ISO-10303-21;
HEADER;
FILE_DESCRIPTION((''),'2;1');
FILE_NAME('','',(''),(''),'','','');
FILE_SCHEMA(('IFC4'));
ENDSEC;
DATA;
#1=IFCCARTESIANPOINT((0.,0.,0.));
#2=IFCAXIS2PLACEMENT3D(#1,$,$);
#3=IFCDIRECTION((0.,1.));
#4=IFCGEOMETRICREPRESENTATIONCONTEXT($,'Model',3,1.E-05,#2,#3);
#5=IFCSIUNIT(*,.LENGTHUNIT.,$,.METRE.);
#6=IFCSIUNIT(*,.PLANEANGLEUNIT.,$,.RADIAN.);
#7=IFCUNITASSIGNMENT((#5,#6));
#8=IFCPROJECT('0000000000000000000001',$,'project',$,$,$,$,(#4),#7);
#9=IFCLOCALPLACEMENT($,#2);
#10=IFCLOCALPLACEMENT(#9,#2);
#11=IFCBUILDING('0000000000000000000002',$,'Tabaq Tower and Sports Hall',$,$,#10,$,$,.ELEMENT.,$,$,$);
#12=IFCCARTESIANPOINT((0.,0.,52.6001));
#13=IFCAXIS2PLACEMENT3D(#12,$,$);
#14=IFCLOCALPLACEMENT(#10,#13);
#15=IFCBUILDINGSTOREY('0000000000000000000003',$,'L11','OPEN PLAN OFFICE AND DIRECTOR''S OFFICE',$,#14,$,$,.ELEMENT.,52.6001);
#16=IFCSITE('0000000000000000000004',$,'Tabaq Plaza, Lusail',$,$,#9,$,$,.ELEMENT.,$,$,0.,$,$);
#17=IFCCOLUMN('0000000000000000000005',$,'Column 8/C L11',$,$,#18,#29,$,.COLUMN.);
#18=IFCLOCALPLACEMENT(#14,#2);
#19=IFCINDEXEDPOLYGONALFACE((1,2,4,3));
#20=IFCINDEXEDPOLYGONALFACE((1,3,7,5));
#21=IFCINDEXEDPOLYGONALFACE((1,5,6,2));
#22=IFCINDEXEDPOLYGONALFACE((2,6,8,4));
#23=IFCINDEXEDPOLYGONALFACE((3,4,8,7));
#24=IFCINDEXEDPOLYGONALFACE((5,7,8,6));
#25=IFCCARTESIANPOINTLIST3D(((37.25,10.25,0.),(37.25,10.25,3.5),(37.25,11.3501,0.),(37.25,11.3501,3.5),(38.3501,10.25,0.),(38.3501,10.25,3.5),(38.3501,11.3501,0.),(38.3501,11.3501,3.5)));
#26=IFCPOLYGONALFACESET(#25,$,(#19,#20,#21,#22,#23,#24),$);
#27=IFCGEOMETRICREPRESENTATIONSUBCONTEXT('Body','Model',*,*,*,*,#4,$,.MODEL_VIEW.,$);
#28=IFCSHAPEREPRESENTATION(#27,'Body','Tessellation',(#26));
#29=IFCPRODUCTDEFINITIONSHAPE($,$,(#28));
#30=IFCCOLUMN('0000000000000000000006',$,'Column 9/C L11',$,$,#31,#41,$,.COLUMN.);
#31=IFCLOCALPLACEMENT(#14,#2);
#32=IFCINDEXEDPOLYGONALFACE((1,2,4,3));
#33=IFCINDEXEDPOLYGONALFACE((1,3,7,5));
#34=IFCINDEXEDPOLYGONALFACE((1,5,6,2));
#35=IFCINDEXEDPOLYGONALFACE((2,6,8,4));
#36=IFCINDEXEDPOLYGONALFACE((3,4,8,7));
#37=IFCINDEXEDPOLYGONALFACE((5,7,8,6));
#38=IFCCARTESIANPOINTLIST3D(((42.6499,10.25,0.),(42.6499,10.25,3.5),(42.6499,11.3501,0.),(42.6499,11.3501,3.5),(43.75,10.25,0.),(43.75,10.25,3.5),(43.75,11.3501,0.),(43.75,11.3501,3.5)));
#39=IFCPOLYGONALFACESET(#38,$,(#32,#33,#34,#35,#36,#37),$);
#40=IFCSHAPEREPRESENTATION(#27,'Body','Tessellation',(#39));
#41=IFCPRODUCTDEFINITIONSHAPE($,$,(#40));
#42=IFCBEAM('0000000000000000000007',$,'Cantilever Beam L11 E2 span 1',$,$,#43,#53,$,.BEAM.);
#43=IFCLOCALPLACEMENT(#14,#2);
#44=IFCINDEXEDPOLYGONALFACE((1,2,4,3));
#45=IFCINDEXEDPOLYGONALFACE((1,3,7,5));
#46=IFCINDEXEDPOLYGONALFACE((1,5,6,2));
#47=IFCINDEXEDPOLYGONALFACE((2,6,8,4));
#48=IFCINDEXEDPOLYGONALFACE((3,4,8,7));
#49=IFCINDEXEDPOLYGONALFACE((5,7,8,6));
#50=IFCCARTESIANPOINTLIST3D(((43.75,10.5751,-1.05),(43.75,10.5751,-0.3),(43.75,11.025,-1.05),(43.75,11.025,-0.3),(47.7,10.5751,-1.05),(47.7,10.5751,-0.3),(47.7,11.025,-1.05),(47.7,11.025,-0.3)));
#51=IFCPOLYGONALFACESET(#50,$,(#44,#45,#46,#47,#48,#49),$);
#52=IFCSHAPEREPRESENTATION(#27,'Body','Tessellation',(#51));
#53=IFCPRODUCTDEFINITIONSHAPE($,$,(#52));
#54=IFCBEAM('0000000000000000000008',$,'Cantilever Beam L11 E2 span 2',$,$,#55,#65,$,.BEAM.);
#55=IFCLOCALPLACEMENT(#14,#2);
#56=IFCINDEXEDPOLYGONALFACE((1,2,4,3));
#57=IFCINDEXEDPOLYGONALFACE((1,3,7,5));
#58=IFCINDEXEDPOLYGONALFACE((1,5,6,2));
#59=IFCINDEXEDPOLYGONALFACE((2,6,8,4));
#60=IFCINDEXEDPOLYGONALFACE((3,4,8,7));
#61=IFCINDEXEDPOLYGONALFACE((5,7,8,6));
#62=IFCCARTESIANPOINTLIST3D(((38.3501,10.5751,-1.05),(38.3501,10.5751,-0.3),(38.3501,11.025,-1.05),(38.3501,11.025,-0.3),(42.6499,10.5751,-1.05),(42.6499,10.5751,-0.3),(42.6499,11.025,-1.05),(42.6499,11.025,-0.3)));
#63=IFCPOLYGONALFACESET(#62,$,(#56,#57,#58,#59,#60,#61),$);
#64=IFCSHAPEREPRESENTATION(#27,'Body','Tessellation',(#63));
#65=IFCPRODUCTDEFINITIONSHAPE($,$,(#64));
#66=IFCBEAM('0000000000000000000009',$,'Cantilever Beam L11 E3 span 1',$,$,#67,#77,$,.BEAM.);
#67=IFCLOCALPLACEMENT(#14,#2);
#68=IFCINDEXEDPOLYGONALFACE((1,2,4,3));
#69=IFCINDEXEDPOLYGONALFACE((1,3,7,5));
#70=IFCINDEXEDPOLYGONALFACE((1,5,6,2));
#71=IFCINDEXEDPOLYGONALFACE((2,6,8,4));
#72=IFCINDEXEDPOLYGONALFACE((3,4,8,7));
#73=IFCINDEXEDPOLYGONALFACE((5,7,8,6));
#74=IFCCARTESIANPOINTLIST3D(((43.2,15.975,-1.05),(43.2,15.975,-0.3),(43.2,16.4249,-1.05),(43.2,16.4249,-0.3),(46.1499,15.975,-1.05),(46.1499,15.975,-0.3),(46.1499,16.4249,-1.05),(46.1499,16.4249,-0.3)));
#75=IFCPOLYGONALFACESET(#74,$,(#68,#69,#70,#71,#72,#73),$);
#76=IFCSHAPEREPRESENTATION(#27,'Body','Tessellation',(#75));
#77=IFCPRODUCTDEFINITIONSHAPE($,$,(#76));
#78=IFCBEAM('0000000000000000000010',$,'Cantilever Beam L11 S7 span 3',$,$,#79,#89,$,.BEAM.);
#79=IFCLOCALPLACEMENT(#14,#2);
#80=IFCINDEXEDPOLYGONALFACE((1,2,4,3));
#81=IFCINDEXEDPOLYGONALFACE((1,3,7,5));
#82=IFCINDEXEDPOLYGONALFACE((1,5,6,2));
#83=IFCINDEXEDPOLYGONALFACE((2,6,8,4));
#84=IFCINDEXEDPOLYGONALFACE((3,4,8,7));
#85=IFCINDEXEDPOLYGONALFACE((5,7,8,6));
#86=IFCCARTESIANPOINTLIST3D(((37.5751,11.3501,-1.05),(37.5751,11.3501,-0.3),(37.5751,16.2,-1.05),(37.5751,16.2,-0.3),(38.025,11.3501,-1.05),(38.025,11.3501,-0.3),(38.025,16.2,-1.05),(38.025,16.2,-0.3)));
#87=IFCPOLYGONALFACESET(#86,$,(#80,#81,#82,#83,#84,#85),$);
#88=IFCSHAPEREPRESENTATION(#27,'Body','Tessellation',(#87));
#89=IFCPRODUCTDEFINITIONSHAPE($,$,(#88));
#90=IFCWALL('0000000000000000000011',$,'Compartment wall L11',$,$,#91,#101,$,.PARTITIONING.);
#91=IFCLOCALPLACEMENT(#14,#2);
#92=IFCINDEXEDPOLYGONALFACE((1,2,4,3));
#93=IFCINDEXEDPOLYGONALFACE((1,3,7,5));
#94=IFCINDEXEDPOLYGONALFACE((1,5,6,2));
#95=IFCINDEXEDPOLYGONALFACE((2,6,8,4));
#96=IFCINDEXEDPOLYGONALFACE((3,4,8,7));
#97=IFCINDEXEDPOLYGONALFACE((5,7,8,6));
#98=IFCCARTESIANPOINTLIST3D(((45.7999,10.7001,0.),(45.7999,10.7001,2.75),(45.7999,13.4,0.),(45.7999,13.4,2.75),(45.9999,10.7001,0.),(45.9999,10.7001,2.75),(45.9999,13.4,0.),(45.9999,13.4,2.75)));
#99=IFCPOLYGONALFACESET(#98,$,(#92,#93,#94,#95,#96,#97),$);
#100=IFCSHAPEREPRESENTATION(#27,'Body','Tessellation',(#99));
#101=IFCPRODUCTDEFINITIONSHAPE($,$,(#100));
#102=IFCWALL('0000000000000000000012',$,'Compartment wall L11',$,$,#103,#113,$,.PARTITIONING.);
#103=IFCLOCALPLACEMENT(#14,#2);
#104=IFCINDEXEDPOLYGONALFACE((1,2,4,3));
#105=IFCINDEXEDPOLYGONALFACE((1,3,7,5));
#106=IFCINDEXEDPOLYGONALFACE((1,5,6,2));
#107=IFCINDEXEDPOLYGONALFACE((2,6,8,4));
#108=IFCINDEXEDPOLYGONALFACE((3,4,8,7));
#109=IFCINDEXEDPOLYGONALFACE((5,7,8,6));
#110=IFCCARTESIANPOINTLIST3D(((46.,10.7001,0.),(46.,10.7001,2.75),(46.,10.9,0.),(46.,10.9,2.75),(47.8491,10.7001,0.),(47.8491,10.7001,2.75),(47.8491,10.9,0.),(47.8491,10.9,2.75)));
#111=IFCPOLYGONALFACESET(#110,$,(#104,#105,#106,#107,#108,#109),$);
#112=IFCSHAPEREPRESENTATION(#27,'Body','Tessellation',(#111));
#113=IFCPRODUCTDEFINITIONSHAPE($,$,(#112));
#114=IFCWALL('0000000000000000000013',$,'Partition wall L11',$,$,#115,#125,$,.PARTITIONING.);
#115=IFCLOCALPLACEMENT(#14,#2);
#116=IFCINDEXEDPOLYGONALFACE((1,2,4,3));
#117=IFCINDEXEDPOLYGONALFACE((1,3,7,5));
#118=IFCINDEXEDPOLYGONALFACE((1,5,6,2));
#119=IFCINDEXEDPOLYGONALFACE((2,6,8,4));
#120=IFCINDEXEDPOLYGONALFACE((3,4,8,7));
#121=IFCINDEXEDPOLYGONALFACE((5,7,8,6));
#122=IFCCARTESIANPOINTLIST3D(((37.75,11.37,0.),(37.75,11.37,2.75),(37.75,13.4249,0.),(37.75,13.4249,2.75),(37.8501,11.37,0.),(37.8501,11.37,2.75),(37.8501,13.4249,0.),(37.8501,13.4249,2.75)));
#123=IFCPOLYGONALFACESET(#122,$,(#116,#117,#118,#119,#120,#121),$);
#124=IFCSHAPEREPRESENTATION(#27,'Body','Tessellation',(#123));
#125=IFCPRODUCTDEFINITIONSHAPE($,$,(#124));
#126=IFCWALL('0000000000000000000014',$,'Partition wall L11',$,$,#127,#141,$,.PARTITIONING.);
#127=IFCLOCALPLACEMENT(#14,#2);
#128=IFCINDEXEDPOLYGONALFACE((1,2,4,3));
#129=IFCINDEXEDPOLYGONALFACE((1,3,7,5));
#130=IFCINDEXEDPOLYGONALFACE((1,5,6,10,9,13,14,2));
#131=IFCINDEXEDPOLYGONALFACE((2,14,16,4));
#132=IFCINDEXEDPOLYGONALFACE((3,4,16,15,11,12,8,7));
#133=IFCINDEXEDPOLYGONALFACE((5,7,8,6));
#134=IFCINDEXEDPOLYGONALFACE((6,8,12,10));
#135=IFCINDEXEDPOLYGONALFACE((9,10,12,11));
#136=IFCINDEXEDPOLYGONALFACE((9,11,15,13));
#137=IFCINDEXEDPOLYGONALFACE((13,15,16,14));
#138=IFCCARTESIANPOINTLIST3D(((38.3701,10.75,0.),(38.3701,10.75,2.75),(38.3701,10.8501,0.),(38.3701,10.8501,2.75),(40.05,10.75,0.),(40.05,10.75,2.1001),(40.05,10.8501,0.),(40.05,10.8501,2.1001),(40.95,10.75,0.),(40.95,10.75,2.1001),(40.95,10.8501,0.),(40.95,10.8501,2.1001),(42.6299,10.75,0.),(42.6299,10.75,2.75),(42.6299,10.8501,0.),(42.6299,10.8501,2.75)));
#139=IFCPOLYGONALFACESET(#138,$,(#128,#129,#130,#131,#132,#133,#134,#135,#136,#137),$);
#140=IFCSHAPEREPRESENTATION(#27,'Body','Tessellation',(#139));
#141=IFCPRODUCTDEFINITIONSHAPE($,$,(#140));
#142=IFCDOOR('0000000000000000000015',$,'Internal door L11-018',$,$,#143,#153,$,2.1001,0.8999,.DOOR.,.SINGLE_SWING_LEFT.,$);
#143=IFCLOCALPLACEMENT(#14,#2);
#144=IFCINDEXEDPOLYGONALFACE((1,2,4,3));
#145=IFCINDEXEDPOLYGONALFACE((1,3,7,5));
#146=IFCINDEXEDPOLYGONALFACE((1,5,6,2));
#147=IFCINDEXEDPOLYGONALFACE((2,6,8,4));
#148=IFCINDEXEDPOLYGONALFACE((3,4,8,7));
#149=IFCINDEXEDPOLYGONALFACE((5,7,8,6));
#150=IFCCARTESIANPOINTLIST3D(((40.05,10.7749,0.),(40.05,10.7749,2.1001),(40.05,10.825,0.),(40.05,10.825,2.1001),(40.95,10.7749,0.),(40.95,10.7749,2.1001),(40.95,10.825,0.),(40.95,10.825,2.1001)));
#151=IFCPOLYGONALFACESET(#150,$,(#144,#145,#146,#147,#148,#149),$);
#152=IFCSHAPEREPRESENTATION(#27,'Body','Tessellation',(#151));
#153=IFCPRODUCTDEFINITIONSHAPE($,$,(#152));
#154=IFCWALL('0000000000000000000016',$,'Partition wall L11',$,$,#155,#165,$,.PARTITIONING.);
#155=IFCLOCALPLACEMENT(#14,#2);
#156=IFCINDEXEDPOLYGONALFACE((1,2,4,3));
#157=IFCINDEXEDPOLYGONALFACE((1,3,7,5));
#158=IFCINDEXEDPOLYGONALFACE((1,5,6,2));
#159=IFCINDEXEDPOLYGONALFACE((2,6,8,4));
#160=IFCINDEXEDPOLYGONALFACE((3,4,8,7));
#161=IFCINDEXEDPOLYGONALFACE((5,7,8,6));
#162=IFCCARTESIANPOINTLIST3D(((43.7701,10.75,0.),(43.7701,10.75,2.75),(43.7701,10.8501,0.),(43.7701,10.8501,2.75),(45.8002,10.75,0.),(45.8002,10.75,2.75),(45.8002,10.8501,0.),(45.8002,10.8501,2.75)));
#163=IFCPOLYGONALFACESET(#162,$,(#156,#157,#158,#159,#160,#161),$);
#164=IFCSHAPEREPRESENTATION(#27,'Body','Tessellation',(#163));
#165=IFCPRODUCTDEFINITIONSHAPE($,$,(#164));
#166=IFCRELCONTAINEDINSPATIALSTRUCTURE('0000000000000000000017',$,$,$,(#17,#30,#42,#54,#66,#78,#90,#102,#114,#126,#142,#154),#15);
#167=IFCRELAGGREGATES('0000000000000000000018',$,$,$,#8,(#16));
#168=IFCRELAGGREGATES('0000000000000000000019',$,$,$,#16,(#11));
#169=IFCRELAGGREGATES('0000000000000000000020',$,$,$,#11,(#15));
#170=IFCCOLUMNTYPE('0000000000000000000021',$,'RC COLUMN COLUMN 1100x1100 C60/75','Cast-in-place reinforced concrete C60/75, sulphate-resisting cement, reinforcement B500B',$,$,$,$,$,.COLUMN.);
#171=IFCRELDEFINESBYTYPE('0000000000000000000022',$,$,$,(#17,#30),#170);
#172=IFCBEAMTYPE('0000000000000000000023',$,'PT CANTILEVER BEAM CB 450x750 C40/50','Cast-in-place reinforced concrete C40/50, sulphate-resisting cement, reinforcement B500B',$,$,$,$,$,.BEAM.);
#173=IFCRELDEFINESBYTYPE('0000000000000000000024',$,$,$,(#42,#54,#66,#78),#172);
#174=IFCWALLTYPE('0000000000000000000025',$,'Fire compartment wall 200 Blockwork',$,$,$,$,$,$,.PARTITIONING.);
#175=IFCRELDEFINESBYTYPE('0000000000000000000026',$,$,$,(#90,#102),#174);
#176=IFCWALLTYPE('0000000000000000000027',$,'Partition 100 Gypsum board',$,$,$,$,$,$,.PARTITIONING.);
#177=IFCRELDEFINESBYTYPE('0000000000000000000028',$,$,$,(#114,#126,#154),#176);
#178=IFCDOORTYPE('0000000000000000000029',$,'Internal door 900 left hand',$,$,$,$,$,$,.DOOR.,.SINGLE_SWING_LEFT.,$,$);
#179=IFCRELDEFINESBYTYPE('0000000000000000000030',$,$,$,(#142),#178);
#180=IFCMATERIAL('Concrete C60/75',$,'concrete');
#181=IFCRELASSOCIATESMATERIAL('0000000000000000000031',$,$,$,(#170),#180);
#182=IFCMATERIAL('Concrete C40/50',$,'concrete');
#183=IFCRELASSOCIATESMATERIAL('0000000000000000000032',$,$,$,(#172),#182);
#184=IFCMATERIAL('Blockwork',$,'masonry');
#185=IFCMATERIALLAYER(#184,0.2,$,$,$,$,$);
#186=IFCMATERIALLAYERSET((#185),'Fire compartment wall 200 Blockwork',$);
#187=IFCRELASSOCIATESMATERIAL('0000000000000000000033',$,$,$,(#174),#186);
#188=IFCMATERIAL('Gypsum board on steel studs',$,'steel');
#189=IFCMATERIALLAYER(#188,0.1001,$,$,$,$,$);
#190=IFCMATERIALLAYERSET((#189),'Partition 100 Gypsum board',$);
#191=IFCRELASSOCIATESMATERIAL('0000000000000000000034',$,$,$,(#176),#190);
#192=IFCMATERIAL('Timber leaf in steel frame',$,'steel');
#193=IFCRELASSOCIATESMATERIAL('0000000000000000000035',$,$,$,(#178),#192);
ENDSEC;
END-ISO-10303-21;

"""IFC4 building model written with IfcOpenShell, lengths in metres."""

from ifc_helpers import new_model, si_unit, direction, frame, frame_2d, origin, origin_2d, place, context, subcontext, project, spatial, rectangle, extrude, material, layer, layer_set, material_profile, profile_set, type_object, element, fill, save


model = new_model("IFC4")

# Units and contexts
model_context = context("Model", 3, precision=1e-05, world=origin(), true_north=direction((0.0, 1.0)))
body_context = subcontext(model_context, "Body", "Model", "MODEL_VIEW")
ifc_project = project(units=[si_unit("LENGTHUNIT", "METRE"), si_unit("PLANEANGLEUNIT", "RADIAN")], contexts=[model_context])

# Site, building, storey
site_placement = place(None, origin())
site = spatial("IfcSite", under=ifc_project, at=site_placement, Name="Tabaq Plaza, Lusail", CompositionType="ELEMENT", RefElevation=0.0)
building_placement = place(site_placement, origin())
building = spatial("IfcBuilding", under=site, at=building_placement, Name="Tabaq Tower and Sports Hall", CompositionType="ELEMENT")
storey_placement = place(building_placement, frame((0.0, 0.0, 52.6001)))
storey = spatial("IfcBuildingStorey", under=building, at=storey_placement, Name="L11", Description="OPEN PLAN OFFICE AND DIRECTOR'S OFFICE", CompositionType="ELEMENT", Elevation=52.6001)

# Columns
ifc_material_1 = material(Name="Concrete C60/75", Category="concrete")
ifc_material_profile_1 = material_profile(ifc_material_1, rectangle(XDim=1.1001, YDim=1.1001, at=origin_2d()), Name="COLUMN 1100x1100")
ifc_profile_set_1 = profile_set([ifc_material_profile_1], Name="Concrete C60/75")
column_type = type_object("IfcColumnType", Name="RC COLUMN COLUMN 1100x1100 C60/75", Description="Cast-in-place reinforced concrete C60/75, sulphate-resisting cement, reinforcement B500B", PredefinedType="COLUMN", material=ifc_profile_set_1)
for number, where, z_axis, x_axis, name in (
    (1, (37.8, 10.8, 0.0), (0.0, 0.0, 1.0), (1.0, 0.0, 0.0), "Column 8/C L11"),
    (2, (43.2, 10.8, 0.0), (0.0, 0.0, 1.0), (1.0, 0.0, 0.0), "Column 9/C L11"),
):
    element("IfcColumn", number, at=place(storey_placement, frame(where, z_axis=z_axis, x_axis=x_axis)), inside=storey, type_object=column_type, Name=name, PredefinedType="COLUMN", context=body_context, shape_type="SweptSolid", body=[
        extrude(rectangle(XDim=1.1001, YDim=1.1001, at=origin_2d()), origin(), (0.0, 0.0, 1.0), 3.5),
    ])

# Beams
ifc_material_2 = material(Name="Concrete C40/50", Category="concrete")
ifc_material_profile_2 = material_profile(ifc_material_2, rectangle(XDim=0.45, YDim=0.75, at=origin_2d()), Name="CB 450x750")
ifc_profile_set_2 = profile_set([ifc_material_profile_2], Name="Concrete C40/50")
beam_type = type_object("IfcBeamType", Name="PT CANTILEVER BEAM CB 450x750 C40/50", Description="Cast-in-place reinforced concrete C40/50, sulphate-resisting cement, reinforcement B500B", PredefinedType="BEAM", material=ifc_profile_set_2)
beam_1_placement = place(storey_placement, frame((47.7, 10.8, -0.675), z_axis=(-1.0, 0.0, 0.0), x_axis=(0.0, -1.0, 0.0)))
element("IfcBeam", 3, at=beam_1_placement, inside=storey, type_object=beam_type, Name="Cantilever Beam L11 E2 span 1", PredefinedType="BEAM", context=body_context, shape_type="SweptSolid", body=[
    extrude(rectangle(XDim=0.45, YDim=0.75, at=origin_2d()), origin(), (0.0, 0.0, 1.0), 3.95),
])
beam_2_placement = place(storey_placement, frame((42.6499, 10.8, -0.675), z_axis=(-1.0, 0.0, 0.0), x_axis=(0.0, -1.0, 0.0)))
element("IfcBeam", 4, at=beam_2_placement, inside=storey, type_object=beam_type, Name="Cantilever Beam L11 E2 span 2", PredefinedType="BEAM", context=body_context, shape_type="SweptSolid", body=[
    extrude(rectangle(XDim=0.45, YDim=0.75, at=origin_2d()), origin(), (0.0, 0.0, 1.0), 4.2998),
])
beam_3_placement = place(storey_placement, frame((46.1499, 16.2, -0.675), z_axis=(-1.0, 0.0, 0.0), x_axis=(0.0, -1.0, 0.0)))
element("IfcBeam", 5, at=beam_3_placement, inside=storey, type_object=beam_type, Name="Cantilever Beam L11 E3 span 1", PredefinedType="BEAM", context=body_context, shape_type="SweptSolid", body=[
    extrude(rectangle(XDim=0.45, YDim=0.75, at=origin_2d()), origin(), (0.0, 0.0, 1.0), 2.95),
])
beam_4_placement = place(storey_placement, frame((37.8, 11.3501, -0.675), z_axis=(0.0, 1.0, 0.0), x_axis=(-1.0, 0.0, 0.0)))
element("IfcBeam", 6, at=beam_4_placement, inside=storey, type_object=beam_type, Name="Cantilever Beam L11 S7 span 3", PredefinedType="BEAM", context=body_context, shape_type="SweptSolid", body=[
    extrude(rectangle(XDim=0.45, YDim=0.75, at=origin_2d()), origin(), (0.0, 0.0, 1.0), 4.8499),
])

# Shared definitions
ifc_material_3 = material(Name="Blockwork", Category="masonry")
ifc_layer_1 = layer(ifc_material_3, 0.2)
ifc_layer_set_1 = layer_set([ifc_layer_1], Name="Fire compartment wall 200 Blockwork")
wall_type_1 = type_object("IfcWallType", Name="Fire compartment wall 200 Blockwork", PredefinedType="PARTITIONING", material=ifc_layer_set_1)

# Walls
wall_1_placement = place(storey_placement, frame((45.8999, 10.7, 0.0), z_axis=(0.0, 0.0, 1.0), x_axis=(0.0, 1.0, 0.0)))
element("IfcWall", 7, at=wall_1_placement, inside=storey, type_object=wall_type_1, Name="Compartment wall L11", PredefinedType="PARTITIONING", context=body_context, shape_type="SweptSolid", body=[
    extrude(rectangle(XDim=2.7, YDim=0.2, at=frame_2d((1.3501, 0.0))), origin(), (0.0, 0.0, 1.0), 2.75),
])
wall_2_placement = place(storey_placement, frame((46.0, 10.8, 0.0), z_axis=(0.0, 0.0, 1.0), x_axis=(1.0, 0.0, 0.0)))
element("IfcWall", 8, at=wall_2_placement, inside=storey, type_object=wall_type_1, Name="Compartment wall L11", PredefinedType="PARTITIONING", context=body_context, shape_type="SweptSolid", body=[
    extrude(rectangle(XDim=1.8491, YDim=0.2, at=frame_2d((0.9246, 0.0))), origin(), (0.0, 0.0, 1.0), 2.75),
])
ifc_material_4 = material(Name="Gypsum board on steel studs", Category="steel")
ifc_layer_2 = layer(ifc_material_4, 0.1001)
ifc_layer_set_2 = layer_set([ifc_layer_2], Name="Partition 100 Gypsum board")
wall_type_2 = type_object("IfcWallType", Name="Partition 100 Gypsum board", PredefinedType="PARTITIONING", material=ifc_layer_set_2)
wall_3_placement = place(storey_placement, frame((37.8, 11.3701, 0.0), z_axis=(0.0, 0.0, 1.0), x_axis=(0.0, 1.0, 0.0)))
element("IfcWall", 9, at=wall_3_placement, inside=storey, type_object=wall_type_2, Name="Partition wall L11", PredefinedType="PARTITIONING", context=body_context, shape_type="SweptSolid", body=[
    extrude(rectangle(XDim=2.0549, YDim=0.1001, at=frame_2d((1.0273, 0.0))), origin(), (0.0, 0.0, 1.0), 2.75),
])

# Wall, opening, door
wall_4_placement = place(storey_placement, frame((38.3701, 10.8, 0.0), z_axis=(0.0, 0.0, 1.0), x_axis=(1.0, 0.0, 0.0)))
wall_4 = element("IfcWall", 10, at=wall_4_placement, inside=storey, type_object=wall_type_2, Name="Partition wall L11", PredefinedType="PARTITIONING", context=body_context, shape_type="SweptSolid", body=[
    extrude(rectangle(XDim=4.2598, YDim=0.1001, at=frame_2d((2.1299, 0.0))), origin(), (0.0, 0.0, 1.0), 2.75),
])
opening_1_placement = place(wall_4_placement, frame((1.6799, 0.0, 0.0)))
opening_1 = element("IfcOpeningElement", 11, at=opening_1_placement, cuts=wall_4, PredefinedType="OPENING", context=body_context, shape_type="SweptSolid", body=[
    extrude(rectangle(XDim=0.8999, YDim=2.1001, at=frame_2d((0.45, 1.05))), frame((0.0, 0.05, 0.0), z_axis=(0.0, -1.0, 0.0), x_axis=(1.0, 0.0, 0.0)), (0.0, 0.0, 1.0), 0.1001),
])
ifc_material_5 = material(Name="Timber leaf in steel frame", Category="steel")
door_type_1 = type_object("IfcDoorType", Name="Internal door 900 left hand", OperationType="SINGLE_SWING_LEFT", PredefinedType="DOOR", material=ifc_material_5)
door_1_placement = place(opening_1_placement, origin())
door_1 = element("IfcDoor", 12, at=door_1_placement, inside=storey, type_object=door_type_1, Name="Internal door L11-018", OperationType="SINGLE_SWING_LEFT", OverallHeight=2.1001, OverallWidth=0.8999, PredefinedType="DOOR", context=body_context, shape_type="SweptSolid", body=[
    extrude(rectangle(XDim=0.8999, YDim=2.1001, at=frame_2d((0.45, 1.05))), frame((0.0, 0.0249, 0.0), z_axis=(0.0, -1.0, 0.0), x_axis=(1.0, 0.0, 0.0)), (0.0, 0.0, 1.0), 0.05),
])
fill(opening_1, door_1)

# Wall
wall_5_placement = place(storey_placement, frame((43.77, 10.8, 0.0), z_axis=(0.0, 0.0, 1.0), x_axis=(1.0, 0.0, 0.0)))
element("IfcWall", 13, at=wall_5_placement, inside=storey, type_object=wall_type_2, Name="Partition wall L11", PredefinedType="PARTITIONING", context=body_context, shape_type="SweptSolid", body=[
    extrude(rectangle(XDim=2.03, YDim=0.1001, at=frame_2d((1.0151, 0.0))), origin(), (0.0, 0.0, 1.0), 2.75),
])

save(model, "model.ifc")
